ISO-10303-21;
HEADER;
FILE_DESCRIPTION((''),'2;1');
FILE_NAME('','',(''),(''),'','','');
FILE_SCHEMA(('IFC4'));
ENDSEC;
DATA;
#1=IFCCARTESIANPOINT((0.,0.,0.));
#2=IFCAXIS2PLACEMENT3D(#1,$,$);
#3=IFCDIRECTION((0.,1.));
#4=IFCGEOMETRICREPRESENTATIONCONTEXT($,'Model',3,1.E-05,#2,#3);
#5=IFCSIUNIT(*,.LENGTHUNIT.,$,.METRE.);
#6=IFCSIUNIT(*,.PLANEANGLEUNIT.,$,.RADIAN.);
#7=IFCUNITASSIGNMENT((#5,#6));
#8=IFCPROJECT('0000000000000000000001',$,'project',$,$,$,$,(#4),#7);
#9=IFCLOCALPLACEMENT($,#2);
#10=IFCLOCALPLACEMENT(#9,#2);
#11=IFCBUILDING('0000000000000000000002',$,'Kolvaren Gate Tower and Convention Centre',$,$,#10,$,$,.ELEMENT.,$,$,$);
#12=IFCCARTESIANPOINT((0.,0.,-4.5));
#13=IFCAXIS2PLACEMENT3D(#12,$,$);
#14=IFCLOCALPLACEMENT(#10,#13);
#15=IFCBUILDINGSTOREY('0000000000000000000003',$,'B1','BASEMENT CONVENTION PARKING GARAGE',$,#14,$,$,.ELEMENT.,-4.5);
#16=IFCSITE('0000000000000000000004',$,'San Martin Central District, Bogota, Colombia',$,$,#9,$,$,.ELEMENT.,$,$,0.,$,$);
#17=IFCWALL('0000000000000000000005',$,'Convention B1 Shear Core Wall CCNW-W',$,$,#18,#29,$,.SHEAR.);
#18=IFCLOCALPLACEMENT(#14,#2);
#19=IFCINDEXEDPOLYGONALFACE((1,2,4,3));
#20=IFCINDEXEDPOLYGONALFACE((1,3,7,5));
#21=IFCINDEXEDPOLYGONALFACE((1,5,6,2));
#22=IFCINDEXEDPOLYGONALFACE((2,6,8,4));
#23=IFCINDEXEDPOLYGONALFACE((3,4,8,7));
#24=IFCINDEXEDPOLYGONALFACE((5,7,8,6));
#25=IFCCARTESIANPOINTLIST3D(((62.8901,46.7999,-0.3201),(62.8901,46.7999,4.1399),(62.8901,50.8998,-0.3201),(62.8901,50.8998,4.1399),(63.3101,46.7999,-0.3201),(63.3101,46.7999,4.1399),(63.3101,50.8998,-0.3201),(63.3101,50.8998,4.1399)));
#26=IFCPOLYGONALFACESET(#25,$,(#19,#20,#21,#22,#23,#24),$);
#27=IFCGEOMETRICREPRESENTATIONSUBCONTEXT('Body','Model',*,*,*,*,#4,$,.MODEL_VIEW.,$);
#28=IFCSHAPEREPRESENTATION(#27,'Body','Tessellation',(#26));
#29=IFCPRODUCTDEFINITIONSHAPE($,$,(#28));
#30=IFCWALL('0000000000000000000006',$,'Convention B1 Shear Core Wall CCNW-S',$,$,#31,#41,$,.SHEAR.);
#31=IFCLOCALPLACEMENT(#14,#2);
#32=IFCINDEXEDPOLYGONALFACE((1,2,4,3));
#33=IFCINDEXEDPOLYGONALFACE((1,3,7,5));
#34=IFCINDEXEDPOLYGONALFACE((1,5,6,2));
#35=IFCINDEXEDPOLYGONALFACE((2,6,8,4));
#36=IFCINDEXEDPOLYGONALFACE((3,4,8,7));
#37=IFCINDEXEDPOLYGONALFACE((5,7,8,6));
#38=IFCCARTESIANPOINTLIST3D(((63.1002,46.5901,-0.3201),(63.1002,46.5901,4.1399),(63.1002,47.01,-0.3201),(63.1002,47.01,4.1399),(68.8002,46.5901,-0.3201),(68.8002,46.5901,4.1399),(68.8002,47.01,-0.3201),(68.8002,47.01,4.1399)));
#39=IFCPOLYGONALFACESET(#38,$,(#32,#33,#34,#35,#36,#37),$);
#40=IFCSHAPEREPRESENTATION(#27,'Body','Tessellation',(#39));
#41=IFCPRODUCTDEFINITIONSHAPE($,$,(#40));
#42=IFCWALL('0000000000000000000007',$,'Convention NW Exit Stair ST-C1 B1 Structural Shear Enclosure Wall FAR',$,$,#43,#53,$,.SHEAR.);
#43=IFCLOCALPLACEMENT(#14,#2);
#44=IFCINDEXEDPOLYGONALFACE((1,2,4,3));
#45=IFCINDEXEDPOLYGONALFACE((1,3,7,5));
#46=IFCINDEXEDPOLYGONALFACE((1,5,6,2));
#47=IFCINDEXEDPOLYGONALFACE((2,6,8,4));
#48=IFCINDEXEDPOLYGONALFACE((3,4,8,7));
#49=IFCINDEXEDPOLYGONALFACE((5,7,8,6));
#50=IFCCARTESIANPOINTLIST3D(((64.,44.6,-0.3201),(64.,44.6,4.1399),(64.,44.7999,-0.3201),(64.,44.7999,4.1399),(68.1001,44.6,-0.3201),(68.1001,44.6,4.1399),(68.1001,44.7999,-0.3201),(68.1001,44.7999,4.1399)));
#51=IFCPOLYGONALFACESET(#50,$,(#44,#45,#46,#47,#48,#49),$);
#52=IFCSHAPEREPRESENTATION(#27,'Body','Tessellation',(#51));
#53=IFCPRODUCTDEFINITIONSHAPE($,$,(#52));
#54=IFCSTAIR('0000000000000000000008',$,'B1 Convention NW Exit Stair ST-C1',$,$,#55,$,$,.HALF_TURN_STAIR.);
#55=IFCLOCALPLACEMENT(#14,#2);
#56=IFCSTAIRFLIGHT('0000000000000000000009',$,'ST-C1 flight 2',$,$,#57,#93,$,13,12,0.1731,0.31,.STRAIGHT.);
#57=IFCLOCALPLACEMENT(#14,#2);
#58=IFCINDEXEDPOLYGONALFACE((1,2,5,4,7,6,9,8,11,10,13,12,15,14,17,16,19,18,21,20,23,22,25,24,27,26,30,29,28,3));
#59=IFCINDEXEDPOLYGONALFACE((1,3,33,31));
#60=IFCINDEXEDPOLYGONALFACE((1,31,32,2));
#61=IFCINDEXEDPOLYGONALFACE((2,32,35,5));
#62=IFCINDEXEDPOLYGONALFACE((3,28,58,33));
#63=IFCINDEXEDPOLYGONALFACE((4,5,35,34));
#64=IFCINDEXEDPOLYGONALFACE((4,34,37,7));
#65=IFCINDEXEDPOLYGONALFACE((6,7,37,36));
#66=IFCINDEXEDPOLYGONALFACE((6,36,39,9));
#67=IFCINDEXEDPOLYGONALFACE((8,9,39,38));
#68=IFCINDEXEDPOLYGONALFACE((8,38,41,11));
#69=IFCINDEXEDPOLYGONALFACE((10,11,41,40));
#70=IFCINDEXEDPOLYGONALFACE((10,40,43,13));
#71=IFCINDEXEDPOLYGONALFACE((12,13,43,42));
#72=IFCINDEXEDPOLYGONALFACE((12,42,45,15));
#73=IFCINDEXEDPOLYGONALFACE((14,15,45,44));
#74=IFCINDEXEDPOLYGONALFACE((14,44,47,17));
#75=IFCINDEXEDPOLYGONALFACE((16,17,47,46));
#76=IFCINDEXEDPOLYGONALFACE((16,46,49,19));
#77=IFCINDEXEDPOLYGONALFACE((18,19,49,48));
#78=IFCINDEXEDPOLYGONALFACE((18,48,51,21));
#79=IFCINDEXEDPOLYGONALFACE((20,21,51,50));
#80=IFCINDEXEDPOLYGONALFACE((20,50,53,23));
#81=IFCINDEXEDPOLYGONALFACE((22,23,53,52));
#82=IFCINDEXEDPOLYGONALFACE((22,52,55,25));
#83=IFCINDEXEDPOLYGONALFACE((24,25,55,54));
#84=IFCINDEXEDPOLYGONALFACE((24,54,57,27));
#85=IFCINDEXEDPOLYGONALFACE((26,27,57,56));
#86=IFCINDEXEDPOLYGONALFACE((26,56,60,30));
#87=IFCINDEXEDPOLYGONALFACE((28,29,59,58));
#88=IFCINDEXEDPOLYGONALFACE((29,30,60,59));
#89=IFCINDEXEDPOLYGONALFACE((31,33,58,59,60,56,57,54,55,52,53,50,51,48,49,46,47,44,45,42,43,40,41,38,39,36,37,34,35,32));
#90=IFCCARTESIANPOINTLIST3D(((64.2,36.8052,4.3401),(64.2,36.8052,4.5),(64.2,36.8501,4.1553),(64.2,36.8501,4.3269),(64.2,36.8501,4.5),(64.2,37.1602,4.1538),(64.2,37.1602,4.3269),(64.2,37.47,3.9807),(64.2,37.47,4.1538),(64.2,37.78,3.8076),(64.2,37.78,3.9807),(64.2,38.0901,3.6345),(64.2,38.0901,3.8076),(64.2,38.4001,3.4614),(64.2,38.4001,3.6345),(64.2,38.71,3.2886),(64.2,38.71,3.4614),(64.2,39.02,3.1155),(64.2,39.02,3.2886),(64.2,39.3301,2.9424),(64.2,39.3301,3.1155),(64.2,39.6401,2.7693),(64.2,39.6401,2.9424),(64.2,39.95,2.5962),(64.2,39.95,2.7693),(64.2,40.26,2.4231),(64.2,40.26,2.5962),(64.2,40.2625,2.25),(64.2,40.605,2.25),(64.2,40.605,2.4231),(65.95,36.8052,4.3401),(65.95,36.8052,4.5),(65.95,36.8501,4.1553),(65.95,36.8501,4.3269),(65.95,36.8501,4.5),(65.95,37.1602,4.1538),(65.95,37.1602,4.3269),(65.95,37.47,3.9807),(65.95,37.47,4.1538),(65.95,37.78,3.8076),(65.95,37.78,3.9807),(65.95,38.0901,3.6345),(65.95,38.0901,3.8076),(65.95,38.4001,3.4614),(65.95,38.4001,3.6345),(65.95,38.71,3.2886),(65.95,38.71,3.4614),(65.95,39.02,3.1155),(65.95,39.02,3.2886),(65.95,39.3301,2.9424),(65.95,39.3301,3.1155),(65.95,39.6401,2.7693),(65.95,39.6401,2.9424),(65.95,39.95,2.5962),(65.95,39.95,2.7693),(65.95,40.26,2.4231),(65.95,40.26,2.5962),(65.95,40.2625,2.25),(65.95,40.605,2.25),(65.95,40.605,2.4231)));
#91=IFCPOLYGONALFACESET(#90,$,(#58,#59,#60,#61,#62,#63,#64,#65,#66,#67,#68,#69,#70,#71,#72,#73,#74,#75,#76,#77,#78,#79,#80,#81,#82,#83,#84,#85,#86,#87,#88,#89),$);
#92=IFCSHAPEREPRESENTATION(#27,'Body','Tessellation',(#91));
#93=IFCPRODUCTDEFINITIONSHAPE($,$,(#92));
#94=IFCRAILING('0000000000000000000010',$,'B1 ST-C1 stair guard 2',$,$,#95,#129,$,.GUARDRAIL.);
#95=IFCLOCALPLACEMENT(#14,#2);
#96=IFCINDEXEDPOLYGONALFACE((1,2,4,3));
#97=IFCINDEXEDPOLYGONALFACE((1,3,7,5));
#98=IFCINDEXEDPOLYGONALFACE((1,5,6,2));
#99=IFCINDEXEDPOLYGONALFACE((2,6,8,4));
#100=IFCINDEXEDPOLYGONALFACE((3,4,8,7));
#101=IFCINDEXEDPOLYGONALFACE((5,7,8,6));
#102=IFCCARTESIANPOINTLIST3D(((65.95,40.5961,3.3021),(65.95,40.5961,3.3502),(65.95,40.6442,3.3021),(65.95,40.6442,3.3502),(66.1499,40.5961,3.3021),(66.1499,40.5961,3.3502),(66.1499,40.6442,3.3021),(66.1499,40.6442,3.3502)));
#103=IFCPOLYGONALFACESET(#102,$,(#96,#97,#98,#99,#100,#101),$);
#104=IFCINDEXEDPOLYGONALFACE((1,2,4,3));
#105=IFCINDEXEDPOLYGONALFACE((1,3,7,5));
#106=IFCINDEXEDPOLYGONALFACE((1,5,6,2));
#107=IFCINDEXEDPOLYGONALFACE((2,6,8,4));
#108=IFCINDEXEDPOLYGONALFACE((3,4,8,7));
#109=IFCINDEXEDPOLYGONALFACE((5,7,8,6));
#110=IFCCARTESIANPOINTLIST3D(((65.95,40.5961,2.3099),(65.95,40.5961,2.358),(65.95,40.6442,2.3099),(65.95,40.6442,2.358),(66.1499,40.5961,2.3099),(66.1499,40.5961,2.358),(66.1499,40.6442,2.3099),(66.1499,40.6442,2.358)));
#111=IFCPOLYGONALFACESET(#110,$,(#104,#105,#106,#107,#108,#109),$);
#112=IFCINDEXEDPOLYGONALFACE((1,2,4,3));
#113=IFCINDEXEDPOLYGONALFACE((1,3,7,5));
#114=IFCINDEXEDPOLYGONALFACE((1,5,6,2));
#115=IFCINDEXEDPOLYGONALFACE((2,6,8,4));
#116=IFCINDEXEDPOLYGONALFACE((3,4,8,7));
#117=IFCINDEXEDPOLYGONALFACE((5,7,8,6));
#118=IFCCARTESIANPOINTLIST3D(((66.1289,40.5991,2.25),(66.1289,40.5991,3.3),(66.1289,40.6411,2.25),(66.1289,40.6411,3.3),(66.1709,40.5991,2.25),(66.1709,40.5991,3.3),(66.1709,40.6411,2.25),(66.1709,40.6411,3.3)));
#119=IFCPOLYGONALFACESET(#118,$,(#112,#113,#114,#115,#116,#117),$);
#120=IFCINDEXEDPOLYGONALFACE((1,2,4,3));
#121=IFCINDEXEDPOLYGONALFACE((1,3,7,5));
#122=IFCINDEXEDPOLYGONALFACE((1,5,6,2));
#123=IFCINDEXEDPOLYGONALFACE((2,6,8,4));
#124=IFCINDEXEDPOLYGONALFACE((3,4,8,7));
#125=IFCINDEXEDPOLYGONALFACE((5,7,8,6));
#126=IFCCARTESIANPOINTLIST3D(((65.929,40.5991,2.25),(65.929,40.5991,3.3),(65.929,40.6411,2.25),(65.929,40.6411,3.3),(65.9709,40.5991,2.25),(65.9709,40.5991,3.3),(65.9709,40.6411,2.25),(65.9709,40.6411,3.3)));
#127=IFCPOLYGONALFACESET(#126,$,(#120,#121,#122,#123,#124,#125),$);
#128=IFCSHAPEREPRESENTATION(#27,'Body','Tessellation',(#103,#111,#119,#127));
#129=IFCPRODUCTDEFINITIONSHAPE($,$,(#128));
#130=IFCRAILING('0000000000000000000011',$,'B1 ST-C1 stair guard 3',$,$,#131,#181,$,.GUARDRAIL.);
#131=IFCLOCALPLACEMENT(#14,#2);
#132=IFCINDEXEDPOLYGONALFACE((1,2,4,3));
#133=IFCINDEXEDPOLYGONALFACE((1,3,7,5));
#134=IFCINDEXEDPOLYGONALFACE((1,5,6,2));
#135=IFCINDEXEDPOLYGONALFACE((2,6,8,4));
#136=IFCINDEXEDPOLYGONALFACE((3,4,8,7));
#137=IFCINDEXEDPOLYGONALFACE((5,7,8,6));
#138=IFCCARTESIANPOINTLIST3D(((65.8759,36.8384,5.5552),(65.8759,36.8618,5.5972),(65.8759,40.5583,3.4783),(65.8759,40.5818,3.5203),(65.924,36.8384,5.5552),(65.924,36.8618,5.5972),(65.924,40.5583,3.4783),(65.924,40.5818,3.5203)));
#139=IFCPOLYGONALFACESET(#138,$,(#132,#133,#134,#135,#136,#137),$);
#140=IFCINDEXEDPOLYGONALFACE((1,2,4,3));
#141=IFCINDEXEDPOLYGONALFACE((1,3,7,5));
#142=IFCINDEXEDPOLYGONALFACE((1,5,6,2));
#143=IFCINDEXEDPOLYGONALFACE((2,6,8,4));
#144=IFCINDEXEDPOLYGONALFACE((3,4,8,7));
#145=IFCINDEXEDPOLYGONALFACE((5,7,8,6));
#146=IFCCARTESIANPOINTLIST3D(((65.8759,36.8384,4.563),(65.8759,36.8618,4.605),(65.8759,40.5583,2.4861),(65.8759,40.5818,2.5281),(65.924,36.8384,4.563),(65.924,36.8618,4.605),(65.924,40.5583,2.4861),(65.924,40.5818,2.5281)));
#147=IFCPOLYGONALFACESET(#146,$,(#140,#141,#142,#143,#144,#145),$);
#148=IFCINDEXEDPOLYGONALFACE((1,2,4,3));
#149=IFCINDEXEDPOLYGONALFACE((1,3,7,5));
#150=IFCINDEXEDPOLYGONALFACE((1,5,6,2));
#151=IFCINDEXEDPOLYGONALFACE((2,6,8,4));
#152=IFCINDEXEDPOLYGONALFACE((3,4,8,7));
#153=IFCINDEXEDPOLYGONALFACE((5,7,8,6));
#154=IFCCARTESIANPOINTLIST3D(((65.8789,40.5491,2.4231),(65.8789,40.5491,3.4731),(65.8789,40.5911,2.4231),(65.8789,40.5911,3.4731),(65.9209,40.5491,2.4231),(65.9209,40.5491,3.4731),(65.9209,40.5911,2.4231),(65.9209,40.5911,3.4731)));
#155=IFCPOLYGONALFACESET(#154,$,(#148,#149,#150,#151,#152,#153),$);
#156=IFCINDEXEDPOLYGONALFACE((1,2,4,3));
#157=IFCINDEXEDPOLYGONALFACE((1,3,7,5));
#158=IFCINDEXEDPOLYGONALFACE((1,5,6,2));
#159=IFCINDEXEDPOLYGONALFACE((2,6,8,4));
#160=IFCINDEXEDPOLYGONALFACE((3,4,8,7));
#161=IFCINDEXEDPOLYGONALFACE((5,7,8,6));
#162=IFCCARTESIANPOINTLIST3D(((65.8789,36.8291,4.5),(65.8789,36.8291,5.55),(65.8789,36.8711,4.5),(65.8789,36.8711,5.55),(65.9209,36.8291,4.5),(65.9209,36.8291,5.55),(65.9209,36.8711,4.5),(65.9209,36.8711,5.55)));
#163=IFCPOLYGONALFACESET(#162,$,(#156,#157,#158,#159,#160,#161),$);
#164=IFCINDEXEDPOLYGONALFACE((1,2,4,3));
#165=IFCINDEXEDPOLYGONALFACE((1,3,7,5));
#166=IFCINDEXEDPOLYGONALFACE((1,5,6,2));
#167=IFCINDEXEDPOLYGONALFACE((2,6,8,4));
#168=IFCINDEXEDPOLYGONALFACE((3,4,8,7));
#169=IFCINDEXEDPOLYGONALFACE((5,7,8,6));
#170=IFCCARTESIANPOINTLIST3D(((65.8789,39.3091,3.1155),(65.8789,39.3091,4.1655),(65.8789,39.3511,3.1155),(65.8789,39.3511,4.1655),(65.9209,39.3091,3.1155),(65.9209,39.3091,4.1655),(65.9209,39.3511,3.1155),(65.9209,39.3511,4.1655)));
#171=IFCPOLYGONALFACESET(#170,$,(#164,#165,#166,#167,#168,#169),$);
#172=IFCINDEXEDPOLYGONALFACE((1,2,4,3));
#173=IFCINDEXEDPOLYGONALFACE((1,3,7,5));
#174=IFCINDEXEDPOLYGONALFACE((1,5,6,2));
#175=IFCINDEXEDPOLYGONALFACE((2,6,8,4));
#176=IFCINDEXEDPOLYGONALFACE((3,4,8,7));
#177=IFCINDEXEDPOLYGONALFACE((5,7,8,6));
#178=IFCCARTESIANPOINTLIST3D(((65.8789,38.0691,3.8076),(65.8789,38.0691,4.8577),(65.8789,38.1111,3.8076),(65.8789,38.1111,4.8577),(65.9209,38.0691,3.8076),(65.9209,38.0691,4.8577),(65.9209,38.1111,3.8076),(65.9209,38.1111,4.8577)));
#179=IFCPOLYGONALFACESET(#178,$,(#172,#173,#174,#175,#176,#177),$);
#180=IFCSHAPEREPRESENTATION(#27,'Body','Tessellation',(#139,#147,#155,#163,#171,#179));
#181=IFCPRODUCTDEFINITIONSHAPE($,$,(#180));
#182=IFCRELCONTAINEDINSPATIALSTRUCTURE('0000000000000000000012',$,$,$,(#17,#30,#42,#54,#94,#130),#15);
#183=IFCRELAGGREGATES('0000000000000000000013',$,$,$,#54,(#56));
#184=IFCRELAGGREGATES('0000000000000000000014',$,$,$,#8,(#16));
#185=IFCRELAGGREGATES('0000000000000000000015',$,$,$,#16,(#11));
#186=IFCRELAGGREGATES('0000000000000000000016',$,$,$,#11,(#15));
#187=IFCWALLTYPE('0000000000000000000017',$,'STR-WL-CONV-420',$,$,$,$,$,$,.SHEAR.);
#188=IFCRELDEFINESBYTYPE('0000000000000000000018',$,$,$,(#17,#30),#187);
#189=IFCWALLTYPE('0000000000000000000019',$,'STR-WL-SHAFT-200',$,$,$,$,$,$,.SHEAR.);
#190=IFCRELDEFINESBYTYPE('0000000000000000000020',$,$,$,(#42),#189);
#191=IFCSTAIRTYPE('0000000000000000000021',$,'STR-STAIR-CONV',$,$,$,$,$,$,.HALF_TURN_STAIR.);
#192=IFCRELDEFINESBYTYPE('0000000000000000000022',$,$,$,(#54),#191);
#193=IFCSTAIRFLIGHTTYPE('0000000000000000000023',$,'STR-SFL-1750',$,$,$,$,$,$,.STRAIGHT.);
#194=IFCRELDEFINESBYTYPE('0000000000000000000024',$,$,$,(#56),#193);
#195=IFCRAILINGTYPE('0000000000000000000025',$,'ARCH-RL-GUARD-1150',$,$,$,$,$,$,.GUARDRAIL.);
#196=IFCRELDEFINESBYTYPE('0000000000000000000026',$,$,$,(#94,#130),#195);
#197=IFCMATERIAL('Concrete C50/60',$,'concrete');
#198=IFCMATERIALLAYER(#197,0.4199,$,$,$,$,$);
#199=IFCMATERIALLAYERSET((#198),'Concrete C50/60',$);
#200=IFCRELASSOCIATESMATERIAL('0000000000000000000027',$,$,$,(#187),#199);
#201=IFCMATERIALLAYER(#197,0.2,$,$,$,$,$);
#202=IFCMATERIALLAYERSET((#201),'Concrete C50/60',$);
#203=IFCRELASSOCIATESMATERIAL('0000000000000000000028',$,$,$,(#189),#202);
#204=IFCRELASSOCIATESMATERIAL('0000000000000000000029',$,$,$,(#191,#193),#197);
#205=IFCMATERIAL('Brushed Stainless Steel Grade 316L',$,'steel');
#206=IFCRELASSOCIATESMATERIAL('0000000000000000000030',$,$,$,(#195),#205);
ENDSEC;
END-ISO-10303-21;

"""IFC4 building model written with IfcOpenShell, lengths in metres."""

from ifc_helpers import new_model, si_unit, direction, frame, frame_2d, origin, origin_2d, place, context, subcontext, project, spatial, polyline, rectangle, outline, extrude, material, layer, layer_set, type_object, element, aggregate, save


model = new_model("IFC4")

# Units and contexts
model_context = context("Model", 3, precision=1e-05, world=origin(), true_north=direction((0.0, 1.0)))
body_context = subcontext(model_context, "Body", "Model", "MODEL_VIEW")
ifc_project = project(units=[si_unit("LENGTHUNIT", "METRE"), si_unit("PLANEANGLEUNIT", "RADIAN")], contexts=[model_context])

# Site, building, storey
site_placement = place(None, origin())
site = spatial("IfcSite", under=ifc_project, at=site_placement, Name="San Martin Central District, Bogota, Colombia", CompositionType="ELEMENT", RefElevation=0.0)
building_placement = place(site_placement, origin())
building = spatial("IfcBuilding", under=site, at=building_placement, Name="Kolvaren Gate Tower and Convention Centre", CompositionType="ELEMENT")
storey_placement = place(building_placement, frame((0.0, 0.0, -4.5)))
storey = spatial("IfcBuildingStorey", under=building, at=storey_placement, Name="B1", Description="BASEMENT CONVENTION PARKING GARAGE", CompositionType="ELEMENT", Elevation=-4.5)

# Shared definitions
ifc_material_1 = material(Name="Concrete C50/60", Category="concrete")

# Shared definitions
ifc_material_2 = material(Name="Brushed Stainless Steel Grade 316L", Category="steel")

# Walls
ifc_layer_1 = layer(ifc_material_1, 0.4199)
ifc_layer_set_1 = layer_set([ifc_layer_1], Name="Concrete C50/60")
wall_type_1 = type_object("IfcWallType", Name="STR-WL-CONV-420", PredefinedType="SHEAR", material=ifc_layer_set_1)
wall_1_placement = place(storey_placement, frame((63.1001, 46.8, -0.3201), z_axis=(0.0, 0.0, 1.0), x_axis=(0.0, 1.0, 0.0)))
element("IfcWall", 1, at=wall_1_placement, inside=storey, type_object=wall_type_1, Name="Convention B1 Shear Core Wall CCNW-W", PredefinedType="SHEAR", context=body_context, shape_type="SweptSolid", body=[
    extrude(rectangle(XDim=4.0999, YDim=0.4199, at=frame_2d((2.0498, 0.0))), origin(), (0.0, 0.0, 1.0), 4.46),
])
wall_2_placement = place(storey_placement, frame((63.1001, 46.8, -0.3201), z_axis=(0.0, 0.0, 1.0), x_axis=(1.0, 0.0, 0.0)))
element("IfcWall", 2, at=wall_2_placement, inside=storey, type_object=wall_type_1, Name="Convention B1 Shear Core Wall CCNW-S", PredefinedType="SHEAR", context=body_context, shape_type="SweptSolid", body=[
    extrude(rectangle(XDim=5.7, YDim=0.4199, at=frame_2d((2.8501, 0.0))), origin(), (0.0, 0.0, 1.0), 4.46),
])
ifc_layer_2 = layer(ifc_material_1, 0.2)
ifc_layer_set_2 = layer_set([ifc_layer_2], Name="Concrete C50/60")
wall_type_2 = type_object("IfcWallType", Name="STR-WL-SHAFT-200", PredefinedType="SHEAR", material=ifc_layer_set_2)
wall_3_placement = place(storey_placement, frame((64.0, 44.7, -0.3201), z_axis=(0.0, 0.0, 1.0), x_axis=(1.0, 0.0, 0.0)))
element("IfcWall", 3, at=wall_3_placement, inside=storey, type_object=wall_type_2, Name="Convention NW Exit Stair ST-C1 B1 Structural Shear Enclosure Wall FAR", PredefinedType="SHEAR", context=body_context, shape_type="SweptSolid", body=[
    extrude(rectangle(XDim=4.1001, YDim=0.2, at=frame_2d((2.05, 0.0))), origin(), (0.0, 0.0, 1.0), 4.46),
])

# Stair, stair flight
stair_type = type_object("IfcStairType", Name="STR-STAIR-CONV", PredefinedType="HALF_TURN_STAIR", material=ifc_material_1)
stair_placement = place(storey_placement, origin())
stair = element("IfcStair", 4, at=stair_placement, inside=storey, type_object=stair_type, Name="B1 Convention NW Exit Stair ST-C1", PredefinedType="HALF_TURN_STAIR")
stair_flight_type = type_object("IfcStairFlightType", Name="STR-SFL-1750", PredefinedType="STRAIGHT", material=ifc_material_1)
stair_flight_placement = place(storey_placement, frame((65.075, 40.5701, 2.25), z_axis=(0.0, 0.0, 1.0), x_axis=(0.0, -1.0, 0.0)))
stair_flight = element("IfcStairFlight", 5, at=stair_flight_placement, type_object=stair_flight_type, Name="ST-C1 flight 2", NumberOfRisers=13, NumberOfTreads=12, PredefinedType="STRAIGHT", RiserHeight=0.1731, TreadLength=0.31, context=body_context, shape_type="SweptSolid", body=[
    extrude(outline(polyline([(-0.0349, 0.0), (-0.0349, 0.1731), (0.3101, 0.1731), (0.3101, 0.3462), (0.6201, 0.3462), (0.6201, 0.5193), (0.9299, 0.5193), (0.9299, 0.6924), (1.24, 0.6924), (1.24, 0.8655), (1.55, 0.8655), (1.55, 1.0386), (1.8601, 1.0386), (1.8601, 1.2114), (2.1699, 1.2114), (2.1699, 1.3845), (2.48, 1.3845), (2.48, 1.5576), (2.79, 1.5576), (2.79, 1.7307), (3.1001, 1.7307), (3.1001, 1.9038), (3.4099, 1.9038), (3.4099, 2.0769), (3.72, 2.0769), (3.72, 2.25), (3.7649, 2.25), (3.7649, 2.0901), (3.72, 1.9053), (0.3076, 0.0), (-0.0349, 0.0)])), frame((0.0, 0.875, 0.0), z_axis=(0.0, -1.0, 0.0), x_axis=(1.0, 0.0, 0.0)), (0.0, 0.0, 1.0), 1.75),
])
aggregate(stair, [stair_flight])

# Railings
railing_type_1 = type_object("IfcRailingType", Name="ARCH-RL-GUARD-1150", PredefinedType="GUARDRAIL", material=ifc_material_2)
railing_1_placement = place(storey_placement, frame((66.1499, 40.6201, 2.25)))
element("IfcRailing", 6, at=railing_1_placement, inside=storey, type_object=railing_type_1, Name="B1 ST-C1 stair guard 2", PredefinedType="GUARDRAIL", context=body_context, shape_type="SweptSolid", body=[
    extrude(rectangle(XDim=0.0481, YDim=0.0481, at=origin_2d()), frame((0.0, 0.0, 1.0762), z_axis=(-1.0, 0.0, 0.0), x_axis=(0.0, -1.0, 0.0)), (0.0, 0.0, 1.0), 0.2),
    extrude(rectangle(XDim=0.0481, YDim=0.0481, at=origin_2d()), frame((0.0, 0.0, 0.084), z_axis=(-1.0, 0.0, 0.0), x_axis=(0.0, -1.0, 0.0)), (0.0, 0.0, 1.0), 0.2),
    extrude(rectangle(XDim=0.042, YDim=0.042, at=origin_2d()), origin(), (0.0, 0.0, 1.0), 1.05),
    extrude(rectangle(XDim=0.042, YDim=0.042, at=origin_2d()), frame((-0.2, 0.0, 0.0)), (0.0, 0.0, 1.0), 1.05),
])
railing_2_placement = place(storey_placement, frame((65.8999, 40.5701, 2.4231)))
element("IfcRailing", 7, at=railing_2_placement, inside=storey, type_object=railing_type_1, Name="B1 ST-C1 stair guard 3", PredefinedType="GUARDRAIL", context=body_context, shape_type="SweptSolid", body=[
    extrude(rectangle(XDim=0.0481, YDim=0.0481, at=origin_2d()), frame((0.0, 0.0, 1.0762), z_axis=(0.0, -0.873134, 0.487481), x_axis=(1.0, 0.0, 0.0)), (0.0, 0.0, 1.0), 4.2605),
    extrude(rectangle(XDim=0.0481, YDim=0.0481, at=origin_2d()), frame((0.0, 0.0, 0.084), z_axis=(0.0, -0.873134, 0.487481), x_axis=(1.0, 0.0, 0.0)), (0.0, 0.0, 1.0), 4.2605),
    extrude(rectangle(XDim=0.042, YDim=0.042, at=origin_2d()), origin(), (0.0, 0.0, 1.0), 1.05),
    extrude(rectangle(XDim=0.042, YDim=0.042, at=origin_2d()), frame((0.0, -3.72, 2.0769)), (0.0, 0.0, 1.0), 1.05),
    extrude(rectangle(XDim=0.042, YDim=0.042, at=origin_2d()), frame((0.0, -1.24, 0.6924)), (0.0, 0.0, 1.0), 1.05),
    extrude(rectangle(XDim=0.042, YDim=0.042, at=origin_2d()), frame((0.0, -2.48, 1.3845)), (0.0, 0.0, 1.0), 1.05),
])

save(model, "model.ifc")
